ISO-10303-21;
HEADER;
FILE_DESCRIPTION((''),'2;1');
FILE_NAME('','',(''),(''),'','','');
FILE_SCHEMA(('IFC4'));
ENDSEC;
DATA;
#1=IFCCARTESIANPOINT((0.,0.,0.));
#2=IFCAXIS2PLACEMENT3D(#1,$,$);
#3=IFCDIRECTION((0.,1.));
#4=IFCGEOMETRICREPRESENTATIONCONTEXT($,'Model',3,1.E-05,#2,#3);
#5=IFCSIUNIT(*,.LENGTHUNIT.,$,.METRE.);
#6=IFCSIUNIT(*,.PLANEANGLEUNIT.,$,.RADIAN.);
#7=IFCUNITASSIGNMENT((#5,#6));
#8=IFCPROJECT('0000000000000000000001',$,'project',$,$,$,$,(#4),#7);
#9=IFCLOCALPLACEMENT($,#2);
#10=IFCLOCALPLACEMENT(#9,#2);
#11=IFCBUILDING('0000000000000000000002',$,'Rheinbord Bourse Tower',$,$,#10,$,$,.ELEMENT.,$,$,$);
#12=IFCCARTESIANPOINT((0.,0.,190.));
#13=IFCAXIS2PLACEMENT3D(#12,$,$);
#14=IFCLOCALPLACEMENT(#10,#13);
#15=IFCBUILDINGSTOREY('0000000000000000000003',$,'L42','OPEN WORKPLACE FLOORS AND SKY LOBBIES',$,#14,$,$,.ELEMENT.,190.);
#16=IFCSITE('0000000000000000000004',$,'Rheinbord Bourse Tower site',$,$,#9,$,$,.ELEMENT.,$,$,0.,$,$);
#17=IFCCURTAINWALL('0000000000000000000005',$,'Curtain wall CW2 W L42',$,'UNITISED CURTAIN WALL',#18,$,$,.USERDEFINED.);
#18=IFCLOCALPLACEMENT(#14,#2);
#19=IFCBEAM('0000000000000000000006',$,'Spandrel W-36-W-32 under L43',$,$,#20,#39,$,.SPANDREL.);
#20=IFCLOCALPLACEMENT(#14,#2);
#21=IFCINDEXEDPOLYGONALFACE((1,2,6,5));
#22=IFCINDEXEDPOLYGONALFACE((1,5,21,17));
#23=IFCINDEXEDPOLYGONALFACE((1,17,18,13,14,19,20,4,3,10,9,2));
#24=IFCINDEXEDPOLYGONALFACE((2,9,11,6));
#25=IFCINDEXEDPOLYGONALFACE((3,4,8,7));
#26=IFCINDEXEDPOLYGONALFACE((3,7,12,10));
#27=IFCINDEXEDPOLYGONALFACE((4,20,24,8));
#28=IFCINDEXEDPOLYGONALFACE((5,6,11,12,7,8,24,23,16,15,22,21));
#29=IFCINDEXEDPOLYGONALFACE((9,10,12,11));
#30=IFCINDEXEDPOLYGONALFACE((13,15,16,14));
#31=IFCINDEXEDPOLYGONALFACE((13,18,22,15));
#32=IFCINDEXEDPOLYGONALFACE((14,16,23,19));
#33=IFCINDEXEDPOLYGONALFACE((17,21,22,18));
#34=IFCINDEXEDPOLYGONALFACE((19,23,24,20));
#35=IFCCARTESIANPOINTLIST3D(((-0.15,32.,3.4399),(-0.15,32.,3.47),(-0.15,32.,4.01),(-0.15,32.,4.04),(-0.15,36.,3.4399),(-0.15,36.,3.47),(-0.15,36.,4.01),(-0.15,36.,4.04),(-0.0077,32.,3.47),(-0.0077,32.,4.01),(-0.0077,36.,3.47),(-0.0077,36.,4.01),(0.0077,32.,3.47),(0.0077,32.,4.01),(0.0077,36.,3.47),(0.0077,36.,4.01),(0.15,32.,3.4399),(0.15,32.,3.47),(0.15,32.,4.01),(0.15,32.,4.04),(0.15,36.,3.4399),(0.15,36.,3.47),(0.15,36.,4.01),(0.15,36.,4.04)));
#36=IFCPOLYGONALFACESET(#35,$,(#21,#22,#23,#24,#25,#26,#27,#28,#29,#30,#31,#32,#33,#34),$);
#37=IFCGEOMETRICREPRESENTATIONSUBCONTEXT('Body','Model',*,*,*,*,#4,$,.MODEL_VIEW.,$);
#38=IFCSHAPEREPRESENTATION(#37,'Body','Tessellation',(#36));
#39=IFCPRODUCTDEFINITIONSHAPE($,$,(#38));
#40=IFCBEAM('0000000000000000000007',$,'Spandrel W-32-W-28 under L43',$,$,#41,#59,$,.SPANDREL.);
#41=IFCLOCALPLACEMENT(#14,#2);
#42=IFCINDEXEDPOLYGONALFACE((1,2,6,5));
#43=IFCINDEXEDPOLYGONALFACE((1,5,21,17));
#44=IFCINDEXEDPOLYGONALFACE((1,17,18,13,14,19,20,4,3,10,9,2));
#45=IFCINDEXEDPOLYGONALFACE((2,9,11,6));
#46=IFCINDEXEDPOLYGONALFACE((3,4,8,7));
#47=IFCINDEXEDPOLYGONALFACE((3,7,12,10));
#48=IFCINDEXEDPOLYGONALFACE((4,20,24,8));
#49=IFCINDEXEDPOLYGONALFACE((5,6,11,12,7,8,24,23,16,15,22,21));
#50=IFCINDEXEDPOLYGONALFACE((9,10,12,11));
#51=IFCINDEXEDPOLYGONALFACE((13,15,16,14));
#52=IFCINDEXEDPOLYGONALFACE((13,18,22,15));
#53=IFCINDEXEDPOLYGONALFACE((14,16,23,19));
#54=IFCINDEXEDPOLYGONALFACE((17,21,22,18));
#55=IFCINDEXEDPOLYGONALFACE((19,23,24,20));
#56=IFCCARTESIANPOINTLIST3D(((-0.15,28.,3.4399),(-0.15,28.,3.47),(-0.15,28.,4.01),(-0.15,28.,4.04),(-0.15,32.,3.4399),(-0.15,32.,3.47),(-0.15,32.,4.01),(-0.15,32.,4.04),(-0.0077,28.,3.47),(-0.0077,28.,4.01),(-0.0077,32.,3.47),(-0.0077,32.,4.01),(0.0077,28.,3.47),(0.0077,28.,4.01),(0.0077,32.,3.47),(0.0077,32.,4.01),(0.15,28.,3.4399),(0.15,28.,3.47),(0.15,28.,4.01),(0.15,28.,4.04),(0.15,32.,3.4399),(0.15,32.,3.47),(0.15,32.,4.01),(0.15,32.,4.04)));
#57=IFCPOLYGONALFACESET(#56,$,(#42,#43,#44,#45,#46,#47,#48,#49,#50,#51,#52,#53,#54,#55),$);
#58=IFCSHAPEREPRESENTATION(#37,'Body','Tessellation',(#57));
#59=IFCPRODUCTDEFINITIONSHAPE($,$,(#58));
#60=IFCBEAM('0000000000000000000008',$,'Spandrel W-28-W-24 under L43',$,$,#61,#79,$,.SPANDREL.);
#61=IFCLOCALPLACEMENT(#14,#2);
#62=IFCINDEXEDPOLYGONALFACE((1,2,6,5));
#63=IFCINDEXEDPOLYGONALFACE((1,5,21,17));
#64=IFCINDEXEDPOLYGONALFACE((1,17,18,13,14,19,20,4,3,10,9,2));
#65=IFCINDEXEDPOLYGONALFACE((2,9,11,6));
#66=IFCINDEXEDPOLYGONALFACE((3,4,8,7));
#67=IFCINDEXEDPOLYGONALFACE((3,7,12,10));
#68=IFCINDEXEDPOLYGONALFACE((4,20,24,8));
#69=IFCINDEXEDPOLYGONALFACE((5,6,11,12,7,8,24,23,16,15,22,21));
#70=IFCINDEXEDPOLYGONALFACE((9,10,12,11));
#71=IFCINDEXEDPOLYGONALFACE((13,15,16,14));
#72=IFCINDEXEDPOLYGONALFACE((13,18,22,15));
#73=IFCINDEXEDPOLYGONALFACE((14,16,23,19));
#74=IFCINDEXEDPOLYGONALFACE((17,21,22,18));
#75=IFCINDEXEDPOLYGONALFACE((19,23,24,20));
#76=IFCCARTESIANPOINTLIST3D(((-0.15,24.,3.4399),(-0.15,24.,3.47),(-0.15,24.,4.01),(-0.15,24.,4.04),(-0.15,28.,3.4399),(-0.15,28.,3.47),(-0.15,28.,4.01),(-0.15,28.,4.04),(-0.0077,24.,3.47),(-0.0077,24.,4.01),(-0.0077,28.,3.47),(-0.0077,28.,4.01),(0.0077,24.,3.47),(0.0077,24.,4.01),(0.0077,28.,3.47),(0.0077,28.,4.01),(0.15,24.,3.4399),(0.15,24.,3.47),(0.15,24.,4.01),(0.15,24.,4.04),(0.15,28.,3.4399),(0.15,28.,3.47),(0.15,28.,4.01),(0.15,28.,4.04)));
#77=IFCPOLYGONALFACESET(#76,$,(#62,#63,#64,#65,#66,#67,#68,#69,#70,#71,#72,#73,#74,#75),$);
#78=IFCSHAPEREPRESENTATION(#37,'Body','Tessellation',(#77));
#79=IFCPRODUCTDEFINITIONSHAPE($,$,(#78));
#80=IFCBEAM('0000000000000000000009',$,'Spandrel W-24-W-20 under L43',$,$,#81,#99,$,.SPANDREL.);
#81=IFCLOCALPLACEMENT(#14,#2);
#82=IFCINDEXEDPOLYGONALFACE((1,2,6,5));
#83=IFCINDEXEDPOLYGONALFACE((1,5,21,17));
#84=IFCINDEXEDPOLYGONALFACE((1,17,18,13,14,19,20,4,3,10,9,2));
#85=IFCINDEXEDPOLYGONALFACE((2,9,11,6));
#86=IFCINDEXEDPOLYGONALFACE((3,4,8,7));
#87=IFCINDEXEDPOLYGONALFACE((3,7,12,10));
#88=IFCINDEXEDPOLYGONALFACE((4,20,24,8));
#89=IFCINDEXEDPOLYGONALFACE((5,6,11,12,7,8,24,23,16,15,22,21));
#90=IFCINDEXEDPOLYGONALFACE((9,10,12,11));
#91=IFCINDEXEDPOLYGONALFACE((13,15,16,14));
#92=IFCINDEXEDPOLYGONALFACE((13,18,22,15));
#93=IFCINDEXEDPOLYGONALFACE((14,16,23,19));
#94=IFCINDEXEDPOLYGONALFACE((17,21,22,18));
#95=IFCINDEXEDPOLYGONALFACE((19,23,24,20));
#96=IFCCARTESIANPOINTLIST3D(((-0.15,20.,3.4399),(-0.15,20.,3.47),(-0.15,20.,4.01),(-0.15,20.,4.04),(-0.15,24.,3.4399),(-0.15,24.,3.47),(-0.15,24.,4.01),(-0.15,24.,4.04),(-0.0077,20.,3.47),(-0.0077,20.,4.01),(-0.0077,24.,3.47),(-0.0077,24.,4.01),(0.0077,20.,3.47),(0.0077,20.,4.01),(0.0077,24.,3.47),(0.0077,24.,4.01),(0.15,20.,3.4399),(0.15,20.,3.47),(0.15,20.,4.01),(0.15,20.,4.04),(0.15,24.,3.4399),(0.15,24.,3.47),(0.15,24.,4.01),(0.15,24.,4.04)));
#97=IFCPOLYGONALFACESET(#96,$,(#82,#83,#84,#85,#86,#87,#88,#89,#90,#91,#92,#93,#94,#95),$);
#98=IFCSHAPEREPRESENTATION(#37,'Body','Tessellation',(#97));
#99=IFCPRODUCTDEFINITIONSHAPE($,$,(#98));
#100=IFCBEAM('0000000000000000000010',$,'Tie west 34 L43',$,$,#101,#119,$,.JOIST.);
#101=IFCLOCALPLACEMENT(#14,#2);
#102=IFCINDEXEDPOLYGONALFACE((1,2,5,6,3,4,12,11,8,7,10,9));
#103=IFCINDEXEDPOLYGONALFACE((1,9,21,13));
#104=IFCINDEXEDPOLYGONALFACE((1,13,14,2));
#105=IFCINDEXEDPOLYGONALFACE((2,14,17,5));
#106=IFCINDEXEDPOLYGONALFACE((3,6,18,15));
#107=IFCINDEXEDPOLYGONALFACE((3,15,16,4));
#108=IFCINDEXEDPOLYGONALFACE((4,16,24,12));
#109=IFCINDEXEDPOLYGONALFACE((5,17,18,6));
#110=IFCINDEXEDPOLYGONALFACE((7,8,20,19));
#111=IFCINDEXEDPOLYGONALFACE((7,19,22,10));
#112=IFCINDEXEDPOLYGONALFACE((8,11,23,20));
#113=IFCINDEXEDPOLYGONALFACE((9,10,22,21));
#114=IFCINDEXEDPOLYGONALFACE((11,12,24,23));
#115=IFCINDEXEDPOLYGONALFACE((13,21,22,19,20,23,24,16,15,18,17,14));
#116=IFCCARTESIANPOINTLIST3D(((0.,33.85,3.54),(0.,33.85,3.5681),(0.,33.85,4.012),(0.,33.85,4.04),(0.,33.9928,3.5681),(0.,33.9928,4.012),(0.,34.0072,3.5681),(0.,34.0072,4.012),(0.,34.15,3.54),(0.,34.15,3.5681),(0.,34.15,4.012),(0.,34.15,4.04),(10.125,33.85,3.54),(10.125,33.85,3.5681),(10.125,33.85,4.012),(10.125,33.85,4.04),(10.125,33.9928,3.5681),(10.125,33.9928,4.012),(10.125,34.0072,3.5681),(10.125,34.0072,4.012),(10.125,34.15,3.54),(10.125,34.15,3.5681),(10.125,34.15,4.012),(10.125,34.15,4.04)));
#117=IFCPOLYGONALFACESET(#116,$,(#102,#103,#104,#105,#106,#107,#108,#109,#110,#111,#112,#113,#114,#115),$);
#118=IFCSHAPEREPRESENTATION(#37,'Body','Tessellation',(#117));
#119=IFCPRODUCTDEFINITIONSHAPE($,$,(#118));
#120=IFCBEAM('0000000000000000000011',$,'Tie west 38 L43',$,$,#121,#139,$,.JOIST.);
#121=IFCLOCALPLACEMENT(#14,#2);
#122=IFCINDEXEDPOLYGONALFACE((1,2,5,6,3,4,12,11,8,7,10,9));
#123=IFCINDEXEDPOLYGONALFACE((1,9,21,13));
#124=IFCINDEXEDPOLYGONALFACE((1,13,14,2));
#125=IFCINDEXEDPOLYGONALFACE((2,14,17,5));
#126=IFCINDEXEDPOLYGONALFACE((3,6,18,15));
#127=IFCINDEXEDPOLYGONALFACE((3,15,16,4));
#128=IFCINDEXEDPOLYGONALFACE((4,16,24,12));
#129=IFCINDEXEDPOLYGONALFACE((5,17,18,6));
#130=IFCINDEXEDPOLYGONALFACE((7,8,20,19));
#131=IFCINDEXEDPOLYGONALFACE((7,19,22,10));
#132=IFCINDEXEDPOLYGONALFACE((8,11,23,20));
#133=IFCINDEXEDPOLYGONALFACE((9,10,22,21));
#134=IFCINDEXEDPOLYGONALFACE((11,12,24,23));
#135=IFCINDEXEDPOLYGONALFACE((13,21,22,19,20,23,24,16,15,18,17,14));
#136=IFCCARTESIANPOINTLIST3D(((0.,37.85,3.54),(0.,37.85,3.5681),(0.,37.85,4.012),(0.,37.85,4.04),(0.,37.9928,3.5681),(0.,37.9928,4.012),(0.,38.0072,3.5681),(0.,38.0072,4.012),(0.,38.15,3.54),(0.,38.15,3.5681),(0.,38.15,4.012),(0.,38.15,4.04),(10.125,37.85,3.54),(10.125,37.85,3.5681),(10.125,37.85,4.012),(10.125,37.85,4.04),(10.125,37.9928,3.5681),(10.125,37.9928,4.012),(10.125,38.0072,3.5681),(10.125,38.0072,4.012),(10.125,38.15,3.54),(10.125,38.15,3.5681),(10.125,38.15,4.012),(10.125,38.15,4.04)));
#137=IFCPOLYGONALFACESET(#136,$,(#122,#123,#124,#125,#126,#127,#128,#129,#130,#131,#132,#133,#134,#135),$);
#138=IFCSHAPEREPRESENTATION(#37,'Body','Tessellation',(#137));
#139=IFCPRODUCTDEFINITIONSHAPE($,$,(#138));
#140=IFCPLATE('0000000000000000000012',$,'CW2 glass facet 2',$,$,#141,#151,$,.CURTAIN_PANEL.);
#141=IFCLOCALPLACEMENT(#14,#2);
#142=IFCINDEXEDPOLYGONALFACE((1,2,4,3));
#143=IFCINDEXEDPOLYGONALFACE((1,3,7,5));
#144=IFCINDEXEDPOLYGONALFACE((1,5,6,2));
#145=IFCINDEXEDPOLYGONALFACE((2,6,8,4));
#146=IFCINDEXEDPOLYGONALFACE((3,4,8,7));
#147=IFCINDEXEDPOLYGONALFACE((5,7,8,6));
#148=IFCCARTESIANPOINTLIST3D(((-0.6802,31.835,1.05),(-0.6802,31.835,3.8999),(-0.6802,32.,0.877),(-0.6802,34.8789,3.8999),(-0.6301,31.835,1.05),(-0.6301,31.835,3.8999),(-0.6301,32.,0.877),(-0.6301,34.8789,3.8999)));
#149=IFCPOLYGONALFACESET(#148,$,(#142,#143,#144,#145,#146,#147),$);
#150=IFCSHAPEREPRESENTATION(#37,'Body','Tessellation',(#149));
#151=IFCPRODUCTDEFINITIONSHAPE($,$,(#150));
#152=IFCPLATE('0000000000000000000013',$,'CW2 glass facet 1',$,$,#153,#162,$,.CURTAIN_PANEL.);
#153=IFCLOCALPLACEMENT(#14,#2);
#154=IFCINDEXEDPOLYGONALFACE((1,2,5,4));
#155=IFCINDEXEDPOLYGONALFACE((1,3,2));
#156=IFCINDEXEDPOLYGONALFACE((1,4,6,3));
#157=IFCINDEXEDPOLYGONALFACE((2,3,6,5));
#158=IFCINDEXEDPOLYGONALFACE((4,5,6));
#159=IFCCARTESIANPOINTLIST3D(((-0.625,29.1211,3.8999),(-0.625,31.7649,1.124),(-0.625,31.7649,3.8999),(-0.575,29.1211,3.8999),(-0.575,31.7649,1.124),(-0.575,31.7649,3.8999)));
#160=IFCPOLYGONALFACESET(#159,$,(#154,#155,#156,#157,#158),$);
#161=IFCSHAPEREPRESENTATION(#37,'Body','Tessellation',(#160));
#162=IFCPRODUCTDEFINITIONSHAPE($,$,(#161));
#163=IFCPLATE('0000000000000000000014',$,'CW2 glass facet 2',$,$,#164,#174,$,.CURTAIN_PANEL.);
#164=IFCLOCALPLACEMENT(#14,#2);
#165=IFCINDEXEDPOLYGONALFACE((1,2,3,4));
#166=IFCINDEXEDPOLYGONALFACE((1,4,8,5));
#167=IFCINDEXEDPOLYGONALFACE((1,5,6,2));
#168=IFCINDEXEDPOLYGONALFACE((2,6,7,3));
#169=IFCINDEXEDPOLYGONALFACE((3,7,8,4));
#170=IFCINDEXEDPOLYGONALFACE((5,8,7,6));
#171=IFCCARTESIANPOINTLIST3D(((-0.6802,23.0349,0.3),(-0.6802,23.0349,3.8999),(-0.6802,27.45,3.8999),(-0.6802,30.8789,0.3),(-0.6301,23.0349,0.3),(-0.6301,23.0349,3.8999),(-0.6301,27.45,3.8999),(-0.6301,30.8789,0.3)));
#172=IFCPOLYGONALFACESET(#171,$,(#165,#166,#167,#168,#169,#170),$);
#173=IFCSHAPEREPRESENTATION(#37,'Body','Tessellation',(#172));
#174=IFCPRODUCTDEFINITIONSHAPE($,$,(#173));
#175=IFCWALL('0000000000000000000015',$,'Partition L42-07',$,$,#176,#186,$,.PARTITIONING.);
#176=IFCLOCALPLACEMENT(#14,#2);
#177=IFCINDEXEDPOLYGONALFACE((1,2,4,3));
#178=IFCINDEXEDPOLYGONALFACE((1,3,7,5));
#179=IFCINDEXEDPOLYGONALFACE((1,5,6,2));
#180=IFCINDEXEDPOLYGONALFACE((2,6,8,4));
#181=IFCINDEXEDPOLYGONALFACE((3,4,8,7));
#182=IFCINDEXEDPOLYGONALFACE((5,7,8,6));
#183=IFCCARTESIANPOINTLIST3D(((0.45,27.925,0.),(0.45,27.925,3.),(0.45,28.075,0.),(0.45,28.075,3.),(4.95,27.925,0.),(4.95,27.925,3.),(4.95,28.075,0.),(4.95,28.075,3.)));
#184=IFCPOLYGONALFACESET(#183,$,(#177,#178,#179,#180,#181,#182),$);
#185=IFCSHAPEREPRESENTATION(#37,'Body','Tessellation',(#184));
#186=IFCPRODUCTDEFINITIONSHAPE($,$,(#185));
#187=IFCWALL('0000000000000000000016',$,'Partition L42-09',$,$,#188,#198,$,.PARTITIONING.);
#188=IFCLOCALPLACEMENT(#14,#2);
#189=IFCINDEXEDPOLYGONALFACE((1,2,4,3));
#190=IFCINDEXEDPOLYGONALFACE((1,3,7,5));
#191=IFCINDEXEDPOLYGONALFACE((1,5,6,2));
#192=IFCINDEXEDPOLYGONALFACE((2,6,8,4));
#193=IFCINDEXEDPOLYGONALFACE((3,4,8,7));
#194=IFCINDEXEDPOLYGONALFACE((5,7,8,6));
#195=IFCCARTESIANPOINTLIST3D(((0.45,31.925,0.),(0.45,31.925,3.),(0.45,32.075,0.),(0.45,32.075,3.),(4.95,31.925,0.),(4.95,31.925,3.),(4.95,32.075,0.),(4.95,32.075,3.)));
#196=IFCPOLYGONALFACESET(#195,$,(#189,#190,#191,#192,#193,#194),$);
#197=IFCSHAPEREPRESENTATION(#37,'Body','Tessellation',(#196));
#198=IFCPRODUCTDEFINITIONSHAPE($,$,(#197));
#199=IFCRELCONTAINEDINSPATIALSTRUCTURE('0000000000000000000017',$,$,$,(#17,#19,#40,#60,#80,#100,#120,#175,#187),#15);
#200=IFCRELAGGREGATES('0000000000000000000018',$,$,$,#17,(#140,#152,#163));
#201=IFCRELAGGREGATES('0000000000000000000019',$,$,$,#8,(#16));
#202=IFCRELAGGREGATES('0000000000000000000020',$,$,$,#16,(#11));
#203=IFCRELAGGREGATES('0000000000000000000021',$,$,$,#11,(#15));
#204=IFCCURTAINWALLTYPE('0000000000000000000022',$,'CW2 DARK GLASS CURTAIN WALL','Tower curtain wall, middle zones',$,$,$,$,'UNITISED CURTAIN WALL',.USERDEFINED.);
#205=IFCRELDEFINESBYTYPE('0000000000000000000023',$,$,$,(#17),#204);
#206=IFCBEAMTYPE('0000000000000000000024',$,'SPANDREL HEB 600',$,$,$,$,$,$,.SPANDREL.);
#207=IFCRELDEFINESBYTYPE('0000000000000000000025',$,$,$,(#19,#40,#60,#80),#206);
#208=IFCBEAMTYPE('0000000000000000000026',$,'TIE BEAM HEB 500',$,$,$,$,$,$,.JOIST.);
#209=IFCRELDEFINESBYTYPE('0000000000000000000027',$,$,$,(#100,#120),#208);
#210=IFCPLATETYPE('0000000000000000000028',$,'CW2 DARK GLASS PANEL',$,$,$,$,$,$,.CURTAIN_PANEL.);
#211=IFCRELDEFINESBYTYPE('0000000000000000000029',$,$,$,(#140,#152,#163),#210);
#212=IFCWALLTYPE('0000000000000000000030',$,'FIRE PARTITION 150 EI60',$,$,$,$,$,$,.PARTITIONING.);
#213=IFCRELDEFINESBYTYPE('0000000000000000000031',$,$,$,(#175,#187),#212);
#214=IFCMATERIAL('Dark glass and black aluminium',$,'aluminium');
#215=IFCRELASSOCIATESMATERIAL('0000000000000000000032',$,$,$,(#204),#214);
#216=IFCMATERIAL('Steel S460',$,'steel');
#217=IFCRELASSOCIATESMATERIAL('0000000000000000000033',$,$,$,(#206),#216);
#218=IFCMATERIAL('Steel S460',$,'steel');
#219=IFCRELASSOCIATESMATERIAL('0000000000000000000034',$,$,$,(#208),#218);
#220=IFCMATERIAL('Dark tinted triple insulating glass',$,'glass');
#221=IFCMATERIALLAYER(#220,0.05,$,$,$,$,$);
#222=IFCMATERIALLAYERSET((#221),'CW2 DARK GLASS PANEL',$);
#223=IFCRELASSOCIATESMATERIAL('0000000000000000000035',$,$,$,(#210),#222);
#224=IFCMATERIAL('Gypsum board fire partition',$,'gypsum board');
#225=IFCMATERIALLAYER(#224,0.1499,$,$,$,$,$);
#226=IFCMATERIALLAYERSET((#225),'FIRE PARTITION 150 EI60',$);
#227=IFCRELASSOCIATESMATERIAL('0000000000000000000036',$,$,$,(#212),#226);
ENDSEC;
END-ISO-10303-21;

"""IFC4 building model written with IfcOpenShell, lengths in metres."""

from ifc_helpers import new_model, si_unit, direction, frame, frame_2d, origin, origin_2d, place, context, subcontext, project, spatial, polyline, rectangle, i_section, outline, extrude, material, layer, layer_set, material_profile, profile_set, type_object, element, aggregate, save


model = new_model("IFC4")

# Units and contexts
model_context = context("Model", 3, precision=1e-05, world=origin(), true_north=direction((0.0, 1.0)))
body_context = subcontext(model_context, "Body", "Model", "MODEL_VIEW")
ifc_project = project(units=[si_unit("LENGTHUNIT", "METRE"), si_unit("PLANEANGLEUNIT", "RADIAN")], contexts=[model_context])

# Site, building, storey
site_placement = place(None, origin())
site = spatial("IfcSite", under=ifc_project, at=site_placement, Name="Rheinbord Bourse Tower site", CompositionType="ELEMENT", RefElevation=0.0)
building_placement = place(site_placement, origin())
building = spatial("IfcBuilding", under=site, at=building_placement, Name="Rheinbord Bourse Tower", CompositionType="ELEMENT")
storey_placement = place(building_placement, frame((0.0, 0.0, 190.0)))
storey = spatial("IfcBuildingStorey", under=building, at=storey_placement, Name="L42", Description="OPEN WORKPLACE FLOORS AND SKY LOBBIES", CompositionType="ELEMENT", Elevation=190.0)

# Curtain wall
ifc_material_1 = material(Name="Dark glass and black aluminium", Category="aluminium")
curtain_wall_type = type_object("IfcCurtainWallType", Name="CW2 DARK GLASS CURTAIN WALL", Description="Tower curtain wall, middle zones", ElementType="UNITISED CURTAIN WALL", PredefinedType="USERDEFINED", material=ifc_material_1)
curtain_wall_placement = place(storey_placement, origin())
curtain_wall = element("IfcCurtainWall", 1, at=curtain_wall_placement, inside=storey, type_object=curtain_wall_type, Name="Curtain wall CW2 W L42", ObjectType="UNITISED CURTAIN WALL", PredefinedType="USERDEFINED")

# Beams
ifc_material_2 = material(Name="Steel S460", Category="steel")
ifc_material_profile_1 = material_profile(ifc_material_2, i_section(OverallWidth=0.3, OverallDepth=0.6001, WebThickness=0.0154, FlangeThickness=0.03, at=origin_2d()), Name="HEB 600")
ifc_profile_set_1 = profile_set([ifc_material_profile_1], Name="Steel S460")
beam_type_1 = type_object("IfcBeamType", Name="SPANDREL HEB 600", PredefinedType="SPANDREL", material=ifc_profile_set_1)
for number, where, z_axis, x_axis, name in (
    (2, (0.0, 36.0, 3.74), (0.0, -1.0, 0.0), (1.0, 0.0, 0.0), "Spandrel W-36-W-32 under L43"),
    (3, (0.0, 32.0, 3.74), (0.0, -1.0, 0.0), (1.0, 0.0, 0.0), "Spandrel W-32-W-28 under L43"),
    (4, (0.0, 28.0, 3.74), (0.0, -1.0, 0.0), (1.0, 0.0, 0.0), "Spandrel W-28-W-24 under L43"),
    (5, (0.0, 24.0, 3.74), (0.0, -1.0, 0.0), (1.0, 0.0, 0.0), "Spandrel W-24-W-20 under L43"),
):
    element("IfcBeam", number, at=place(storey_placement, frame(where, z_axis=z_axis, x_axis=x_axis)), inside=storey, type_object=beam_type_1, Name=name, PredefinedType="SPANDREL", context=body_context, shape_type="SweptSolid", body=[
        extrude(i_section(OverallWidth=0.3, OverallDepth=0.6001, WebThickness=0.0154, FlangeThickness=0.03, at=origin_2d()), origin(), (0.0, 0.0, 1.0), 4.0),
    ])
ifc_material_3 = material(Name="Steel S460", Category="steel")
ifc_material_profile_2 = material_profile(ifc_material_3, i_section(OverallWidth=0.3, OverallDepth=0.5, WebThickness=0.0144, FlangeThickness=0.0281, at=origin_2d()), Name="HEB 500")
ifc_profile_set_2 = profile_set([ifc_material_profile_2], Name="Steel S460")
beam_type_2 = type_object("IfcBeamType", Name="TIE BEAM HEB 500", PredefinedType="JOIST", material=ifc_profile_set_2)
for number, where, z_axis, x_axis, name in (
    (6, (0.0, 34.0, 3.79), (1.0, 0.0, 0.0), (0.0, 1.0, 0.0), "Tie west 34 L43"),
    (7, (0.0, 38.0, 3.79), (1.0, 0.0, 0.0), (0.0, 1.0, 0.0), "Tie west 38 L43"),
):
    element("IfcBeam", number, at=place(storey_placement, frame(where, z_axis=z_axis, x_axis=x_axis)), inside=storey, type_object=beam_type_2, Name=name, PredefinedType="JOIST", context=body_context, shape_type="SweptSolid", body=[
        extrude(i_section(OverallWidth=0.3, OverallDepth=0.5, WebThickness=0.0144, FlangeThickness=0.0281, at=origin_2d()), origin(), (0.0, 0.0, 1.0), 10.125),
    ])

# Plates
ifc_material_4 = material(Name="Dark tinted triple insulating glass", Category="glass")
ifc_layer_1 = layer(ifc_material_4, 0.05)
ifc_layer_set_1 = layer_set([ifc_layer_1], Name="CW2 DARK GLASS PANEL")
plate_type = type_object("IfcPlateType", Name="CW2 DARK GLASS PANEL", PredefinedType="CURTAIN_PANEL", material=ifc_layer_set_1)
plate_1_placement = place(storey_placement, frame((-0.6802, 31.835, 3.8999), z_axis=(1.0, 0.0, 0.0), x_axis=(0.0, 0.0, -1.0)))
plate_1 = element("IfcPlate", 8, at=plate_1_placement, type_object=plate_type, Name="CW2 glass facet 2", PredefinedType="CURTAIN_PANEL", context=body_context, shape_type="SweptSolid", body=[
    extrude(outline(polyline([(0.0, 0.0), (2.8499, 0.0), (3.0229, 0.165), (0.0, 3.0439), (0.0, 0.0)])), origin(), (0.0, 0.0, 1.0), 0.05),
])
plate_2_placement = place(storey_placement, frame((-0.625, 31.7649, 3.8999), z_axis=(1.0, 0.0, 0.0), x_axis=(0.0, -1.0, 0.0)))
plate_2 = element("IfcPlate", 9, at=plate_2_placement, type_object=plate_type, Name="CW2 glass facet 1", PredefinedType="CURTAIN_PANEL", context=body_context, shape_type="SweptSolid", body=[
    extrude(outline(polyline([(0.0, 0.0), (2.6438, 0.0), (0.0, 2.7759), (0.0, 0.0)])), origin(), (0.0, 0.0, 1.0), 0.05),
])
plate_3_placement = place(storey_placement, frame((-0.6802, 23.0349, 3.8999), z_axis=(1.0, 0.0, 0.0), x_axis=(0.0, 0.0, -1.0)))
plate_3 = element("IfcPlate", 10, at=plate_3_placement, type_object=plate_type, Name="CW2 glass facet 2", PredefinedType="CURTAIN_PANEL", context=body_context, shape_type="SweptSolid", body=[
    extrude(outline(polyline([(0.0, 0.0), (3.5999, 0.0), (3.5999, 7.844), (0.0, 4.415), (0.0, 0.0)])), origin(), (0.0, 0.0, 1.0), 0.05),
])
aggregate(curtain_wall, [plate_1, plate_2, plate_3])

# Walls
ifc_material_5 = material(Name="Gypsum board fire partition", Category="gypsum board")
ifc_layer_2 = layer(ifc_material_5, 0.1499)
ifc_layer_set_2 = layer_set([ifc_layer_2], Name="FIRE PARTITION 150 EI60")
wall_type_1 = type_object("IfcWallType", Name="FIRE PARTITION 150 EI60", PredefinedType="PARTITIONING", material=ifc_layer_set_2)
for number, where, z_axis, x_axis, name in (
    (11, (0.45, 28.0, 0.0), (0.0, 0.0, 1.0), (1.0, 0.0, 0.0), "Partition L42-07"),
    (12, (0.45, 32.0, 0.0), (0.0, 0.0, 1.0), (1.0, 0.0, 0.0), "Partition L42-09"),
):
    element("IfcWall", number, at=place(storey_placement, frame(where, z_axis=z_axis, x_axis=x_axis)), inside=storey, type_object=wall_type_1, Name=name, PredefinedType="PARTITIONING", context=body_context, shape_type="SweptSolid", body=[
        extrude(rectangle(XDim=4.5, YDim=0.1499, at=frame_2d((2.25, 0.0))), origin(), (0.0, 0.0, 1.0), 3.0),
    ])

save(model, "model.ifc")
